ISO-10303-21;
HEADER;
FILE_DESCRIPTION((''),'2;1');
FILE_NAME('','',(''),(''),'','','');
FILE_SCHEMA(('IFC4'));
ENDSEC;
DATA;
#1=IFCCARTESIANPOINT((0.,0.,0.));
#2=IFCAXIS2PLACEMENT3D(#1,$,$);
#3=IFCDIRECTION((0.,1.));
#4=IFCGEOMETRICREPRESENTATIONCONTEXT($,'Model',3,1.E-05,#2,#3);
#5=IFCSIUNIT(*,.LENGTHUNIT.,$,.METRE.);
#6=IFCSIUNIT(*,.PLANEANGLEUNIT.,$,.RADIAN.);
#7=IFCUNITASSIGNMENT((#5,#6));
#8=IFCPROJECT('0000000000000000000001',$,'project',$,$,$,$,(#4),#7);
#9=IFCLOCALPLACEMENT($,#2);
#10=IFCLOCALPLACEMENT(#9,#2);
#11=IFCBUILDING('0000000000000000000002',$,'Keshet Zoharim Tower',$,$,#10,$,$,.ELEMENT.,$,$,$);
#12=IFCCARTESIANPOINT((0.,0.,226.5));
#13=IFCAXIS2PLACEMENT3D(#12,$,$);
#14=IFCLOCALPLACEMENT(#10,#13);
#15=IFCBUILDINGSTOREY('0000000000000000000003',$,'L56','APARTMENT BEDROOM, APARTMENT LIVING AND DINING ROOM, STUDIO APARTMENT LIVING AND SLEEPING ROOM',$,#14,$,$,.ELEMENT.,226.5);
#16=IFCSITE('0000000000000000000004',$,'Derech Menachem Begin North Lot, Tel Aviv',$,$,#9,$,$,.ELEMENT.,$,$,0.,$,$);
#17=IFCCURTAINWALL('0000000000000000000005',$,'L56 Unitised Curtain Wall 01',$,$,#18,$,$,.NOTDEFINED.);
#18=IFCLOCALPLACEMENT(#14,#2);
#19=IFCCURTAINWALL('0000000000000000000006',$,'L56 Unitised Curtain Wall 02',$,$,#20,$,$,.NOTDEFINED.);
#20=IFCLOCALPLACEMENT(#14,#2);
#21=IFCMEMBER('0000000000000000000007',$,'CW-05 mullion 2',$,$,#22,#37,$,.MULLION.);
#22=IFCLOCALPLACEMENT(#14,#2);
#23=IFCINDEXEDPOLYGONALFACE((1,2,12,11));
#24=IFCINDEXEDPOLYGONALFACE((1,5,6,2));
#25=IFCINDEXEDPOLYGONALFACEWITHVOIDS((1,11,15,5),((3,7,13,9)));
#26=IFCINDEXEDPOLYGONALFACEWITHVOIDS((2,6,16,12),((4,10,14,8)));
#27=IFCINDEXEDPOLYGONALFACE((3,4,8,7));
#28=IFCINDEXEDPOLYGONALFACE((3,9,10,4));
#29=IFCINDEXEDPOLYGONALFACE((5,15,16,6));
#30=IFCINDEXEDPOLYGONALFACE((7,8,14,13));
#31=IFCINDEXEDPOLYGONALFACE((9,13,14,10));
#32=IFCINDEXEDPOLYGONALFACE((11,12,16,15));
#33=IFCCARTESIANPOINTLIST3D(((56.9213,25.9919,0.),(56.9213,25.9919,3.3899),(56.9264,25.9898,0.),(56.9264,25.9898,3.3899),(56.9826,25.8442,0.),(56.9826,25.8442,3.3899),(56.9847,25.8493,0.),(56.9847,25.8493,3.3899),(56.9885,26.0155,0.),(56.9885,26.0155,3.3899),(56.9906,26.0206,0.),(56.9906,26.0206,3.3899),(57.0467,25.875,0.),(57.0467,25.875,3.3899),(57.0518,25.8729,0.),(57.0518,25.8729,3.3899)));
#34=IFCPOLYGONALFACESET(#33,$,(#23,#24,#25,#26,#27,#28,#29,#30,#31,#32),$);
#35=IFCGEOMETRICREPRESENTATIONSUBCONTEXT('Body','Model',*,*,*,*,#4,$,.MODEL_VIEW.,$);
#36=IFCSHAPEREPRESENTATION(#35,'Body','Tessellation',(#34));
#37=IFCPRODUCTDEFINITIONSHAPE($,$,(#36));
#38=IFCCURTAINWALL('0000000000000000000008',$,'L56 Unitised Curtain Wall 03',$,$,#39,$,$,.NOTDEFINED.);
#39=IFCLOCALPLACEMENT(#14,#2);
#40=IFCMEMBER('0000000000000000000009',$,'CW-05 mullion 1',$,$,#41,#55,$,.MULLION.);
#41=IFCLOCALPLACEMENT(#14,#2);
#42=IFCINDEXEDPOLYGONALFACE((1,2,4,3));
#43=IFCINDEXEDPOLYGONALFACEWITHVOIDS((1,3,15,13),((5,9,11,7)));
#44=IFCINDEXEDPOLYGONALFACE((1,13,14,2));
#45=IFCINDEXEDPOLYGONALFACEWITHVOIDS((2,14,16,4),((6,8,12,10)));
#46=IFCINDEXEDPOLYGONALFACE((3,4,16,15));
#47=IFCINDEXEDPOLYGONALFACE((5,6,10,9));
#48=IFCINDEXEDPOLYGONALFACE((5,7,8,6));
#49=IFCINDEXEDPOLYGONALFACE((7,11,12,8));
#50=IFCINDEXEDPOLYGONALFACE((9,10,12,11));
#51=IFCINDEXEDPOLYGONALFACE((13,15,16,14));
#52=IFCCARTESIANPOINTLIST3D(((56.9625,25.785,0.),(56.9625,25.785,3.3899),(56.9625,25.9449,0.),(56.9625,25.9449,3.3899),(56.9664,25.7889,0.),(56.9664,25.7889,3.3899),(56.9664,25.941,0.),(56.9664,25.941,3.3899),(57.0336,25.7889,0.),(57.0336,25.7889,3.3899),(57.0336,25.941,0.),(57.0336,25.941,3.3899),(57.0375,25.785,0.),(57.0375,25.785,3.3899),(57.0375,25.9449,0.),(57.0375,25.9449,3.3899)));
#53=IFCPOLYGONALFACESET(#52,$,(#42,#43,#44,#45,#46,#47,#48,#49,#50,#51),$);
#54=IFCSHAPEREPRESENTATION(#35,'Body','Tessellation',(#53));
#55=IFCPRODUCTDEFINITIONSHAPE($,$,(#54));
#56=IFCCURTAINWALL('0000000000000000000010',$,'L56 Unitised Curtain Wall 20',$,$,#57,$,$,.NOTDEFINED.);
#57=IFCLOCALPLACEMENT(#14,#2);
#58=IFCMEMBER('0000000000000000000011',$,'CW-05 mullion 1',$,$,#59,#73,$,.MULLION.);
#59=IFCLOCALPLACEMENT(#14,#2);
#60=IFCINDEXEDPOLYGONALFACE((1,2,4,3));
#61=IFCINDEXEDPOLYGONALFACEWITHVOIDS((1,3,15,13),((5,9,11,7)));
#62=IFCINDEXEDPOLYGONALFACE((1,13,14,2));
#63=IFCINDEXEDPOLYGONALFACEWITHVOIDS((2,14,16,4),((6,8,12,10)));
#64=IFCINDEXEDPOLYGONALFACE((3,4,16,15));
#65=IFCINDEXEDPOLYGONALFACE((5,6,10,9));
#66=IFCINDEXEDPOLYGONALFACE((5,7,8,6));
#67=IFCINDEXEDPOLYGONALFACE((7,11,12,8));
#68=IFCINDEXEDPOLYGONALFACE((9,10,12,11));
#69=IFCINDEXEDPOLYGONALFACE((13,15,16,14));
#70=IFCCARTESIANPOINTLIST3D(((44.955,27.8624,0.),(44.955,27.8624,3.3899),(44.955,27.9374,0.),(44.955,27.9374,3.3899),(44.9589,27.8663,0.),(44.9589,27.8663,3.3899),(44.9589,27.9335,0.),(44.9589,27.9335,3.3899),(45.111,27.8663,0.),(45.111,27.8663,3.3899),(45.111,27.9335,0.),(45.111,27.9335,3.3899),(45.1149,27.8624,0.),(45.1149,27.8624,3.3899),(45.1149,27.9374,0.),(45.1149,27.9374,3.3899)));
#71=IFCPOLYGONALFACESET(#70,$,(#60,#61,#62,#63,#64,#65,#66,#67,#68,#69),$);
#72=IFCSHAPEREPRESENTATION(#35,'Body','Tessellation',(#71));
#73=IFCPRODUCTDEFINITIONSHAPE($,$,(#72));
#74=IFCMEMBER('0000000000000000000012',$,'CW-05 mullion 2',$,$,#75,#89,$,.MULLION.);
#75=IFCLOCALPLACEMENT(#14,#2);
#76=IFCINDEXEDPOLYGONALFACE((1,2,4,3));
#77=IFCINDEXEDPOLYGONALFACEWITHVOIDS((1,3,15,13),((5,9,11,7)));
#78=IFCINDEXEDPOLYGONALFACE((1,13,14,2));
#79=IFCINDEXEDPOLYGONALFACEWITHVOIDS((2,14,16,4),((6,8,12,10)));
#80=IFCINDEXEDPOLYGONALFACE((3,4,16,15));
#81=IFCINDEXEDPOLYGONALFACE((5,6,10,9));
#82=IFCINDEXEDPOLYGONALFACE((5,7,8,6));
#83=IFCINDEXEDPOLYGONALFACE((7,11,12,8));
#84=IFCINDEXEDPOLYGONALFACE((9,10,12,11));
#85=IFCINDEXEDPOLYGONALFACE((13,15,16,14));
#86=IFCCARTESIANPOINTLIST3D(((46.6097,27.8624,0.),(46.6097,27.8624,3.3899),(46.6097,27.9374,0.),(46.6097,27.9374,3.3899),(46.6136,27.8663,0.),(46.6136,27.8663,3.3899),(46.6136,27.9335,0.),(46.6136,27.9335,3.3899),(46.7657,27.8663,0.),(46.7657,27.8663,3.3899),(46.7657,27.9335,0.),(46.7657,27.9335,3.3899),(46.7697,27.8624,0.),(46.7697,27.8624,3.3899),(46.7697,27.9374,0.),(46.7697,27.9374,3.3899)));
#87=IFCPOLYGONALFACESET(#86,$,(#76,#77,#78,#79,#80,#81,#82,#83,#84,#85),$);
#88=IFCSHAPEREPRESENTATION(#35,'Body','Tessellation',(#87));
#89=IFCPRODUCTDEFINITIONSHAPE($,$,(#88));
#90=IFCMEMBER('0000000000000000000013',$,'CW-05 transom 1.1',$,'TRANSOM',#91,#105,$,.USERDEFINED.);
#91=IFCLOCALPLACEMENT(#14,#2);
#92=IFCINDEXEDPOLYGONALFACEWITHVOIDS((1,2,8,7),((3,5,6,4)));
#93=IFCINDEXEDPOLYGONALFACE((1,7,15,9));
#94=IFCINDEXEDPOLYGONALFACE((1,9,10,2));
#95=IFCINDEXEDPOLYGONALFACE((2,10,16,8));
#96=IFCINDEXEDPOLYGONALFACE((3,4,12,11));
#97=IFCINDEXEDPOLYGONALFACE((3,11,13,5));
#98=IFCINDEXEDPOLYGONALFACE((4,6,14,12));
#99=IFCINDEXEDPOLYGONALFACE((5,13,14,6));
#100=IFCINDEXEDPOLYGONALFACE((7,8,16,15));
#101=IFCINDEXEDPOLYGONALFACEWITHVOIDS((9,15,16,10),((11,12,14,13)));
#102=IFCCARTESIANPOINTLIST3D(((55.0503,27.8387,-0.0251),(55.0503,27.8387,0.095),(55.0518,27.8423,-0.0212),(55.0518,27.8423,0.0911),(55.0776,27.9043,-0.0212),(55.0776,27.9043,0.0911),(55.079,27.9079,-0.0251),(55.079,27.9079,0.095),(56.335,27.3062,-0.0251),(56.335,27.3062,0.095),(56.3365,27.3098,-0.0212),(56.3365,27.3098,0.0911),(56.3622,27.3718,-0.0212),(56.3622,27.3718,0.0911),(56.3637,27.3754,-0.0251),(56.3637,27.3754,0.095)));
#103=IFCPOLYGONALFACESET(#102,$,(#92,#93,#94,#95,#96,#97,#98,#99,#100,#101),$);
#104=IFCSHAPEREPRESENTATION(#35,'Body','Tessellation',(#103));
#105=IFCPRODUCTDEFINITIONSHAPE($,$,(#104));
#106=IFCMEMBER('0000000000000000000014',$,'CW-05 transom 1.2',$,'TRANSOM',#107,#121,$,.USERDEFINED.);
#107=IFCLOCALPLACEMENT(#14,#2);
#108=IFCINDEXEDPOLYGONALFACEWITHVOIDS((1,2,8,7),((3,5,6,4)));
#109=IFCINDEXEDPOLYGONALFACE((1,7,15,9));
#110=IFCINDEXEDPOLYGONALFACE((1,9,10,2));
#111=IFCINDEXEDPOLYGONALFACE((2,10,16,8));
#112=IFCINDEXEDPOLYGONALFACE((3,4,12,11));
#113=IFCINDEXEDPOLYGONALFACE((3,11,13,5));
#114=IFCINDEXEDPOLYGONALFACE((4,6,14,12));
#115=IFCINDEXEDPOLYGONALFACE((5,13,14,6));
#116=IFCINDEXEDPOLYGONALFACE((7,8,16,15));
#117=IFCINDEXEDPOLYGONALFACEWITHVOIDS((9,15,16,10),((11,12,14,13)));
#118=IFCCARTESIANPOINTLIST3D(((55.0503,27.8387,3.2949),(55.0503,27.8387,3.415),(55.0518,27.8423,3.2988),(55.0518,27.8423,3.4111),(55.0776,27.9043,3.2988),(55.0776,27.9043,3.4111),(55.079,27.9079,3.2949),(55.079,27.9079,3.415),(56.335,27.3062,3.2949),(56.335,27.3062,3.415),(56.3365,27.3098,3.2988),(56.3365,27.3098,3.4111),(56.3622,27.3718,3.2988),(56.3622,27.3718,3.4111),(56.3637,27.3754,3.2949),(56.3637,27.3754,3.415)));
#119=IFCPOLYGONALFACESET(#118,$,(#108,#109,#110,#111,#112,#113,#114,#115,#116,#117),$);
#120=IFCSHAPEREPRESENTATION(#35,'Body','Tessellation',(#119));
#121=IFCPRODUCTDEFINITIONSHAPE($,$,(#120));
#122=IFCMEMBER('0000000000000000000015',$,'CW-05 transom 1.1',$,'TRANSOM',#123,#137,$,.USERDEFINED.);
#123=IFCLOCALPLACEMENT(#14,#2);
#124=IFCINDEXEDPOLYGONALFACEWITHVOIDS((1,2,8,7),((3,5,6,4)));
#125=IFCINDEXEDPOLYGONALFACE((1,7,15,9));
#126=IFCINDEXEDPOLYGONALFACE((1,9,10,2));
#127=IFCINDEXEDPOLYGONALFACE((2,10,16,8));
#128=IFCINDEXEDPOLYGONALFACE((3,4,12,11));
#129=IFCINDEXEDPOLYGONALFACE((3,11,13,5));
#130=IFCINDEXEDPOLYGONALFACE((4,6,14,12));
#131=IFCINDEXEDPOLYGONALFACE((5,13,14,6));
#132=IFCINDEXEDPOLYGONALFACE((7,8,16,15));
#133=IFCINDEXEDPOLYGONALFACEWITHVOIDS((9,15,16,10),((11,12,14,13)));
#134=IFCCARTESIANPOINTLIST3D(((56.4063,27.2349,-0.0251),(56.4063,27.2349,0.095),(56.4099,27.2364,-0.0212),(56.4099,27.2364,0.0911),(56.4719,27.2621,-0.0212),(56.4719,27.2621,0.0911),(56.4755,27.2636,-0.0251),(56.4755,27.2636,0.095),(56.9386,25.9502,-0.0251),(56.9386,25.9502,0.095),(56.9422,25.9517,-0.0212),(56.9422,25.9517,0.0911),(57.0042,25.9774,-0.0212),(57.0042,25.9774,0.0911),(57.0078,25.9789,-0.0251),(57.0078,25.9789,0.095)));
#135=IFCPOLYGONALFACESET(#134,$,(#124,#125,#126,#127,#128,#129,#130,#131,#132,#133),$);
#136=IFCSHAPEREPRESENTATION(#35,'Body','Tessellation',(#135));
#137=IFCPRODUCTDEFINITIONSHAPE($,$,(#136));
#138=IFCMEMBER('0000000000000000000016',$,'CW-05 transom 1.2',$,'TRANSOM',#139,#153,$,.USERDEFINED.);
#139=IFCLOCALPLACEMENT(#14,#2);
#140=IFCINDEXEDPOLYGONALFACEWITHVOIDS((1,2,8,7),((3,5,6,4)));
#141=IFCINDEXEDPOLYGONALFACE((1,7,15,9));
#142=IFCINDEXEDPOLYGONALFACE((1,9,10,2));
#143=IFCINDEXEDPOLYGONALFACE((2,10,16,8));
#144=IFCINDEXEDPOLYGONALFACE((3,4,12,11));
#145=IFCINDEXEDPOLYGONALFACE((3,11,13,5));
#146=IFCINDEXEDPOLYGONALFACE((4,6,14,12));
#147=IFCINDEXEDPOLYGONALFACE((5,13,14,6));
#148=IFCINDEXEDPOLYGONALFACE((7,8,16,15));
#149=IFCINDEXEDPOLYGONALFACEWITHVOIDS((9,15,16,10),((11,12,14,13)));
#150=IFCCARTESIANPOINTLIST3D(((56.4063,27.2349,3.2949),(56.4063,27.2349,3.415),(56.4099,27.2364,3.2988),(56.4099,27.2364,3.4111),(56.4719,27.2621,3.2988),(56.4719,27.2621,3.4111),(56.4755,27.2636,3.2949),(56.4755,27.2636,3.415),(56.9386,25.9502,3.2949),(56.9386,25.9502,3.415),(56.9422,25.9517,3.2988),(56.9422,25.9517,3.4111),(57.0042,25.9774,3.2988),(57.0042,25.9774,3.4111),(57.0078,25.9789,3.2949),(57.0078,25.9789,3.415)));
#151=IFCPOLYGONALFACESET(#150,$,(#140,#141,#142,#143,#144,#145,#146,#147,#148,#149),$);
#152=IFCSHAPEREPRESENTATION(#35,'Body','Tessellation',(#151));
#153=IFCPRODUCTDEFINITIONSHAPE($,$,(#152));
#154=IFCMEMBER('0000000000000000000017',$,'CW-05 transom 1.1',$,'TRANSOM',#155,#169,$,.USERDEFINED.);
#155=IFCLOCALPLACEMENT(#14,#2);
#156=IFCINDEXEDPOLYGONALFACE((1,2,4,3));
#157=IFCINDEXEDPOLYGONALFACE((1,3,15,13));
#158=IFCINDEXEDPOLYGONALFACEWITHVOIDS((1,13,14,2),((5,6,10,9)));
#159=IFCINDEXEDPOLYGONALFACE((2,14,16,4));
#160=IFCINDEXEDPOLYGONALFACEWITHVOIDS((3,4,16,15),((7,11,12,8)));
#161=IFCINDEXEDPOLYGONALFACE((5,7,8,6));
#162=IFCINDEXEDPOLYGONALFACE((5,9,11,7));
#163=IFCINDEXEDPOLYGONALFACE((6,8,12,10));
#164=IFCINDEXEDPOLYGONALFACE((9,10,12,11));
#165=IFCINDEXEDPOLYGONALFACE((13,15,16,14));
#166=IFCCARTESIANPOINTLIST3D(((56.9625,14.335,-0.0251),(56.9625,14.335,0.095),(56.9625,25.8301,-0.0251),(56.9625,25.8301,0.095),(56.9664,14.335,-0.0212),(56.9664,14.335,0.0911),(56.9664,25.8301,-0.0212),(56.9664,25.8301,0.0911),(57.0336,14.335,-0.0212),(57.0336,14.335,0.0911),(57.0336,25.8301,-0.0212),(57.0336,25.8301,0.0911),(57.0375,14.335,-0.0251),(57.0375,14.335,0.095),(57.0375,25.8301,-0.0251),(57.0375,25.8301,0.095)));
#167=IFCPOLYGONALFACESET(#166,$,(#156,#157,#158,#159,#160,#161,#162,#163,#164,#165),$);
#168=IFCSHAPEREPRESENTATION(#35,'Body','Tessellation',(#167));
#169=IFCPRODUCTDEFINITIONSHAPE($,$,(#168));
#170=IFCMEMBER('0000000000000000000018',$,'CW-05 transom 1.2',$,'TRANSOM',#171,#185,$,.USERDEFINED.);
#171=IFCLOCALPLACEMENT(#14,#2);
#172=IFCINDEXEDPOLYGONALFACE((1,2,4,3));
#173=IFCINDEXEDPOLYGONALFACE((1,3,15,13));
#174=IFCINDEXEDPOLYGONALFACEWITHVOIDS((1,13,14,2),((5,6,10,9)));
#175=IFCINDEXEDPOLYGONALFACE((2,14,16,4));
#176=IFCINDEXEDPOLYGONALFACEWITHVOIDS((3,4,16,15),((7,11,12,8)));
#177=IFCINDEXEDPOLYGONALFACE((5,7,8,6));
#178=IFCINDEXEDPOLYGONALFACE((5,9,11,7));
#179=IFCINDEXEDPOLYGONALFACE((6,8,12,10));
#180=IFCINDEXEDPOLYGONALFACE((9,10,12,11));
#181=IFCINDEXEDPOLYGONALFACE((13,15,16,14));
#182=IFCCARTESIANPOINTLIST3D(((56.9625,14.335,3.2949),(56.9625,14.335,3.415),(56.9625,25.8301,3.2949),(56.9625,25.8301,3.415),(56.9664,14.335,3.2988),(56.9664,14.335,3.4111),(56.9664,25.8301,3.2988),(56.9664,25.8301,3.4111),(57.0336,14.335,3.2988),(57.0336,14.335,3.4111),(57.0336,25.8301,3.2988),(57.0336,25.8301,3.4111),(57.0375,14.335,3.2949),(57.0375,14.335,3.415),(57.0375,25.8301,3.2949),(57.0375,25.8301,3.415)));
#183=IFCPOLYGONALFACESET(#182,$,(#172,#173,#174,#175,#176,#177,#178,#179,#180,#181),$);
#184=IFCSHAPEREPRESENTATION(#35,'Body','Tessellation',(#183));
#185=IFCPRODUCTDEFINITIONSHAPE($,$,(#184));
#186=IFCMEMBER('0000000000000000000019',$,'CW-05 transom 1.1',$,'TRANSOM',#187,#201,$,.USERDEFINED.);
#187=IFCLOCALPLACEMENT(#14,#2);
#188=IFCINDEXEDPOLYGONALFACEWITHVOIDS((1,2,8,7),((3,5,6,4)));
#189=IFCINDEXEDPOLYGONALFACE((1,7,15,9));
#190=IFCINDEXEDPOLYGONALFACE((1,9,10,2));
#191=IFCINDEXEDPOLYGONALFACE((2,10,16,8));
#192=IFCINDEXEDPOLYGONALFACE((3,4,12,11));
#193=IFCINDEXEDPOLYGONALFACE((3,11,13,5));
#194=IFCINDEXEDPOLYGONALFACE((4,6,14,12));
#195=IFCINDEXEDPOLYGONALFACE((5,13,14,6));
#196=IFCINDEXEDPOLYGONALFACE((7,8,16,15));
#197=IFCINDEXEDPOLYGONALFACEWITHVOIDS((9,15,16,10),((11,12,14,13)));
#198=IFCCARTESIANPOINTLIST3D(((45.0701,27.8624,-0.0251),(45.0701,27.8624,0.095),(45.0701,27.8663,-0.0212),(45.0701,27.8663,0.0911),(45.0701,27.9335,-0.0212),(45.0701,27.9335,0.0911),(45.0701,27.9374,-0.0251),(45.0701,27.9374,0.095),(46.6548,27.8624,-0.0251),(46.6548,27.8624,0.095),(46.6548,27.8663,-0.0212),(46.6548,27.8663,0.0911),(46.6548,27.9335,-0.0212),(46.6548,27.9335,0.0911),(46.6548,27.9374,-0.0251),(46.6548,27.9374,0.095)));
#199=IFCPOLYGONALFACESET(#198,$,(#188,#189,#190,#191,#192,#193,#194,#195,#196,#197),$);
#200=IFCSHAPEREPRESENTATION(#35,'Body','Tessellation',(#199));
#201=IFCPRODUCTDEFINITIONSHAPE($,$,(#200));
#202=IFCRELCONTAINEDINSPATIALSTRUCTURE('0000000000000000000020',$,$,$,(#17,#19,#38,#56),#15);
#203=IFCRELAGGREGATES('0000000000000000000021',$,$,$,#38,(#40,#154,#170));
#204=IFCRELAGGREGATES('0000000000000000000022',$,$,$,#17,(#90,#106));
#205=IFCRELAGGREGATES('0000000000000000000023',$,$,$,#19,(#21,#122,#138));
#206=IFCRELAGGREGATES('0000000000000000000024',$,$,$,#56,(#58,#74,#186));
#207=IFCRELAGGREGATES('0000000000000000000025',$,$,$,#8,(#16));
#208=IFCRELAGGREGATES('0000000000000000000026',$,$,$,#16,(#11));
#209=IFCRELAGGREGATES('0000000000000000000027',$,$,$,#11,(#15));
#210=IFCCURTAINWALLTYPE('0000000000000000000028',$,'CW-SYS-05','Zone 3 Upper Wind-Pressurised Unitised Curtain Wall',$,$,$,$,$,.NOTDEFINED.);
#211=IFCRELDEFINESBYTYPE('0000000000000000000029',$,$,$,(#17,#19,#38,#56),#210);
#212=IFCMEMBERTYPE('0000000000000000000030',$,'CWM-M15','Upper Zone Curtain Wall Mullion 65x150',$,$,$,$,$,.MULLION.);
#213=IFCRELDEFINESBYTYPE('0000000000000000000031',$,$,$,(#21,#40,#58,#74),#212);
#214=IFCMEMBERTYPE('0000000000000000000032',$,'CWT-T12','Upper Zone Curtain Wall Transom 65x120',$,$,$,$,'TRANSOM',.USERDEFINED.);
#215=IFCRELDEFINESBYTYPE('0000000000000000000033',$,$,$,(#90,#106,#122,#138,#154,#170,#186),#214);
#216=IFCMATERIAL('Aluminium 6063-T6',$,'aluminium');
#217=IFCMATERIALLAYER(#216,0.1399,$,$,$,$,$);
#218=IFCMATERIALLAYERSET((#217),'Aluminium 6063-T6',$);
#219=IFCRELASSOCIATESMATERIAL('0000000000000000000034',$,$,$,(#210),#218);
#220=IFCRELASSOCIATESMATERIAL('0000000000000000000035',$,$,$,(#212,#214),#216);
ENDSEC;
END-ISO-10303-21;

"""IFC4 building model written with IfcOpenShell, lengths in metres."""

from ifc_helpers import new_model, si_unit, direction, frame, origin, origin_2d, place, context, subcontext, project, spatial, hollow_rectangle, extrude, material, layer, layer_set, material_profile, profile_set, type_object, element, aggregate, save


model = new_model("IFC4")

# Units and contexts
model_context = context("Model", 3, precision=1e-05, world=origin(), true_north=direction((0.0, 1.0)))
body_context = subcontext(model_context, "Body", "Model", "MODEL_VIEW")
ifc_project = project(units=[si_unit("LENGTHUNIT", "METRE"), si_unit("PLANEANGLEUNIT", "RADIAN")], contexts=[model_context])

# Site, building, storey
site_placement = place(None, origin())
site = spatial("IfcSite", under=ifc_project, at=site_placement, Name="Derech Menachem Begin North Lot, Tel Aviv", CompositionType="ELEMENT", RefElevation=0.0)
building_placement = place(site_placement, origin())
building = spatial("IfcBuilding", under=site, at=building_placement, Name="Keshet Zoharim Tower", CompositionType="ELEMENT")
storey_placement = place(building_placement, frame((0.0, 0.0, 226.5)))
storey = spatial("IfcBuildingStorey", under=building, at=storey_placement, Name="L56", Description="APARTMENT BEDROOM, APARTMENT LIVING AND DINING ROOM, STUDIO APARTMENT LIVING AND SLEEPING ROOM", CompositionType="ELEMENT", Elevation=226.5)

# Curtain walls, member
ifc_material_1 = material(Name="Aluminium 6063-T6", Category="aluminium")
ifc_layer_1 = layer(ifc_material_1, 0.1399)
ifc_layer_set_1 = layer_set([ifc_layer_1], Name="Aluminium 6063-T6")
curtain_wall_type = type_object("IfcCurtainWallType", Name="CW-SYS-05", Description="Zone 3 Upper Wind-Pressurised Unitised Curtain Wall", PredefinedType="NOTDEFINED", material=ifc_layer_set_1)
curtain_wall_1_placement = place(storey_placement, origin())
curtain_wall_1 = element("IfcCurtainWall", 1, at=curtain_wall_1_placement, inside=storey, type_object=curtain_wall_type, Name="L56 Unitised Curtain Wall 01", PredefinedType="NOTDEFINED")
ifc_material_profile_1 = material_profile(ifc_material_1, hollow_rectangle(XDim=0.075, YDim=0.1599, WallThickness=0.0039, at=origin_2d()), Name="MUL-75x160")
ifc_profile_set_1 = profile_set([ifc_material_profile_1], Name="Aluminium 6063-T6")
member_type_1 = type_object("IfcMemberType", Name="CWM-M15", Description="Upper Zone Curtain Wall Mullion 65x150", PredefinedType="MULLION", material=ifc_profile_set_1)
curtain_wall_2_placement = place(storey_placement, origin())
curtain_wall_2 = element("IfcCurtainWall", 2, at=curtain_wall_2_placement, inside=storey, type_object=curtain_wall_type, Name="L56 Unitised Curtain Wall 02", PredefinedType="NOTDEFINED")
member_1_placement = place(storey_placement, frame((56.9866, 25.9324, 0.0), z_axis=(0.0, 0.0, 1.0), x_axis=(0.92381, 0.382852, 0.0)))
member_1 = element("IfcMember", 3, at=member_1_placement, type_object=member_type_1, Name="CW-05 mullion 2", PredefinedType="MULLION", context=body_context, shape_type="SweptSolid", body=[
    extrude(hollow_rectangle(XDim=0.075, YDim=0.1599, WallThickness=0.0039, at=origin_2d()), origin(), (0.0, 0.0, 1.0), 3.3899),
])

# Curtain wall, member
curtain_wall_3_placement = place(storey_placement, origin())
curtain_wall_3 = element("IfcCurtainWall", 4, at=curtain_wall_3_placement, inside=storey, type_object=curtain_wall_type, Name="L56 Unitised Curtain Wall 03", PredefinedType="NOTDEFINED")
member_2_placement = place(storey_placement, frame((57.0, 25.865, 0.0), z_axis=(0.0, 0.0, 1.0), x_axis=(1.0, 0.0, 0.0)))
member_2 = element("IfcMember", 5, at=member_2_placement, type_object=member_type_1, Name="CW-05 mullion 1", PredefinedType="MULLION", context=body_context, shape_type="SweptSolid", body=[
    extrude(hollow_rectangle(XDim=0.075, YDim=0.1599, WallThickness=0.0039, at=origin_2d()), origin(), (0.0, 0.0, 1.0), 3.3899),
])

# Curtain wall, members
curtain_wall_4_placement = place(storey_placement, origin())
curtain_wall_4 = element("IfcCurtainWall", 6, at=curtain_wall_4_placement, inside=storey, type_object=curtain_wall_type, Name="L56 Unitised Curtain Wall 20", PredefinedType="NOTDEFINED")
member_3_placement = place(storey_placement, frame((45.0349, 27.8999, 0.0), z_axis=(0.0, 0.0, 1.0), x_axis=(0.0, 1.0, 0.0)))
member_3 = element("IfcMember", 7, at=member_3_placement, type_object=member_type_1, Name="CW-05 mullion 1", PredefinedType="MULLION", context=body_context, shape_type="SweptSolid", body=[
    extrude(hollow_rectangle(XDim=0.075, YDim=0.1599, WallThickness=0.0039, at=origin_2d()), origin(), (0.0, 0.0, 1.0), 3.3899),
])
member_4_placement = place(storey_placement, frame((46.6897, 27.8999, 0.0), z_axis=(0.0, 0.0, 1.0), x_axis=(0.0, 1.0, 0.0)))
member_4 = element("IfcMember", 8, at=member_4_placement, type_object=member_type_1, Name="CW-05 mullion 2", PredefinedType="MULLION", context=body_context, shape_type="SweptSolid", body=[
    extrude(hollow_rectangle(XDim=0.075, YDim=0.1599, WallThickness=0.0039, at=origin_2d()), origin(), (0.0, 0.0, 1.0), 3.3899),
])

# Members
ifc_material_profile_2 = material_profile(ifc_material_1, hollow_rectangle(XDim=0.075, YDim=0.1201, WallThickness=0.0039, at=origin_2d()), Name="TRN-75x120")
ifc_profile_set_2 = profile_set([ifc_material_profile_2], Name="Aluminium 6063-T6")
member_type_2 = type_object("IfcMemberType", Name="CWT-T12", Description="Upper Zone Curtain Wall Transom 65x120", ElementType="TRANSOM", PredefinedType="USERDEFINED", material=ifc_profile_set_2)
member_5_placement = place(storey_placement, frame((55.0647, 27.8733, 0.0349), z_axis=(0.923792, -0.382894, 0.0), x_axis=(0.382894, 0.923792, 0.0)))
member_5 = element("IfcMember", 9, at=member_5_placement, type_object=member_type_2, Name="CW-05 transom 1.1", ObjectType="TRANSOM", PredefinedType="USERDEFINED", context=body_context, shape_type="SweptSolid", body=[
    extrude(hollow_rectangle(XDim=0.075, YDim=0.1201, WallThickness=0.0039, at=origin_2d()), origin(), (0.0, 0.0, 1.0), 1.3906),
])
member_6_placement = place(storey_placement, frame((55.0647, 27.8733, 3.355), z_axis=(0.923792, -0.382894, 0.0), x_axis=(0.382894, 0.923792, 0.0)))
member_6 = element("IfcMember", 10, at=member_6_placement, type_object=member_type_2, Name="CW-05 transom 1.2", ObjectType="TRANSOM", PredefinedType="USERDEFINED", context=body_context, shape_type="SweptSolid", body=[
    extrude(hollow_rectangle(XDim=0.075, YDim=0.1201, WallThickness=0.0039, at=origin_2d()), origin(), (0.0, 0.0, 1.0), 1.3906),
])
member_7_placement = place(storey_placement, frame((56.4409, 27.2493, 0.0349), z_axis=(0.382745, -0.923854, 0.0), x_axis=(0.923854, 0.382745, 0.0)))
member_7 = element("IfcMember", 11, at=member_7_placement, type_object=member_type_2, Name="CW-05 transom 1.1", ObjectType="TRANSOM", PredefinedType="USERDEFINED", context=body_context, shape_type="SweptSolid", body=[
    extrude(hollow_rectangle(XDim=0.075, YDim=0.1201, WallThickness=0.0039, at=origin_2d()), origin(), (0.0, 0.0, 1.0), 1.3906),
])
member_8_placement = place(storey_placement, frame((56.4409, 27.2493, 3.355), z_axis=(0.382745, -0.923854, 0.0), x_axis=(0.923854, 0.382745, 0.0)))
member_8 = element("IfcMember", 12, at=member_8_placement, type_object=member_type_2, Name="CW-05 transom 1.2", ObjectType="TRANSOM", PredefinedType="USERDEFINED", context=body_context, shape_type="SweptSolid", body=[
    extrude(hollow_rectangle(XDim=0.075, YDim=0.1201, WallThickness=0.0039, at=origin_2d()), origin(), (0.0, 0.0, 1.0), 1.3906),
])
member_9_placement = place(storey_placement, frame((57.0, 25.8301, 0.0349), z_axis=(0.0, -1.0, 0.0), x_axis=(1.0, 0.0, 0.0)))
member_9 = element("IfcMember", 13, at=member_9_placement, type_object=member_type_2, Name="CW-05 transom 1.1", ObjectType="TRANSOM", PredefinedType="USERDEFINED", context=body_context, shape_type="SweptSolid", body=[
    extrude(hollow_rectangle(XDim=0.075, YDim=0.1201, WallThickness=0.0039, at=origin_2d()), origin(), (0.0, 0.0, 1.0), 11.4951),
])
member_10_placement = place(storey_placement, frame((57.0, 25.8301, 3.355), z_axis=(0.0, -1.0, 0.0), x_axis=(1.0, 0.0, 0.0)))
member_10 = element("IfcMember", 14, at=member_10_placement, type_object=member_type_2, Name="CW-05 transom 1.2", ObjectType="TRANSOM", PredefinedType="USERDEFINED", context=body_context, shape_type="SweptSolid", body=[
    extrude(hollow_rectangle(XDim=0.075, YDim=0.1201, WallThickness=0.0039, at=origin_2d()), origin(), (0.0, 0.0, 1.0), 11.4951),
])
aggregate(curtain_wall_3, [member_2, member_9, member_10])
member_11_placement = place(storey_placement, frame((45.0701, 27.8999, 0.0349), z_axis=(1.0, 0.0, 0.0), x_axis=(0.0, 1.0, 0.0)))
member_11 = element("IfcMember", 15, at=member_11_placement, type_object=member_type_2, Name="CW-05 transom 1.1", ObjectType="TRANSOM", PredefinedType="USERDEFINED", context=body_context, shape_type="SweptSolid", body=[
    extrude(hollow_rectangle(XDim=0.075, YDim=0.1201, WallThickness=0.0039, at=origin_2d()), origin(), (0.0, 0.0, 1.0), 1.5847),
])

aggregate(curtain_wall_1, [member_5, member_6])
aggregate(curtain_wall_2, [member_1, member_7, member_8])
aggregate(curtain_wall_4, [member_3, member_4, member_11])

save(model, "model.ifc")
